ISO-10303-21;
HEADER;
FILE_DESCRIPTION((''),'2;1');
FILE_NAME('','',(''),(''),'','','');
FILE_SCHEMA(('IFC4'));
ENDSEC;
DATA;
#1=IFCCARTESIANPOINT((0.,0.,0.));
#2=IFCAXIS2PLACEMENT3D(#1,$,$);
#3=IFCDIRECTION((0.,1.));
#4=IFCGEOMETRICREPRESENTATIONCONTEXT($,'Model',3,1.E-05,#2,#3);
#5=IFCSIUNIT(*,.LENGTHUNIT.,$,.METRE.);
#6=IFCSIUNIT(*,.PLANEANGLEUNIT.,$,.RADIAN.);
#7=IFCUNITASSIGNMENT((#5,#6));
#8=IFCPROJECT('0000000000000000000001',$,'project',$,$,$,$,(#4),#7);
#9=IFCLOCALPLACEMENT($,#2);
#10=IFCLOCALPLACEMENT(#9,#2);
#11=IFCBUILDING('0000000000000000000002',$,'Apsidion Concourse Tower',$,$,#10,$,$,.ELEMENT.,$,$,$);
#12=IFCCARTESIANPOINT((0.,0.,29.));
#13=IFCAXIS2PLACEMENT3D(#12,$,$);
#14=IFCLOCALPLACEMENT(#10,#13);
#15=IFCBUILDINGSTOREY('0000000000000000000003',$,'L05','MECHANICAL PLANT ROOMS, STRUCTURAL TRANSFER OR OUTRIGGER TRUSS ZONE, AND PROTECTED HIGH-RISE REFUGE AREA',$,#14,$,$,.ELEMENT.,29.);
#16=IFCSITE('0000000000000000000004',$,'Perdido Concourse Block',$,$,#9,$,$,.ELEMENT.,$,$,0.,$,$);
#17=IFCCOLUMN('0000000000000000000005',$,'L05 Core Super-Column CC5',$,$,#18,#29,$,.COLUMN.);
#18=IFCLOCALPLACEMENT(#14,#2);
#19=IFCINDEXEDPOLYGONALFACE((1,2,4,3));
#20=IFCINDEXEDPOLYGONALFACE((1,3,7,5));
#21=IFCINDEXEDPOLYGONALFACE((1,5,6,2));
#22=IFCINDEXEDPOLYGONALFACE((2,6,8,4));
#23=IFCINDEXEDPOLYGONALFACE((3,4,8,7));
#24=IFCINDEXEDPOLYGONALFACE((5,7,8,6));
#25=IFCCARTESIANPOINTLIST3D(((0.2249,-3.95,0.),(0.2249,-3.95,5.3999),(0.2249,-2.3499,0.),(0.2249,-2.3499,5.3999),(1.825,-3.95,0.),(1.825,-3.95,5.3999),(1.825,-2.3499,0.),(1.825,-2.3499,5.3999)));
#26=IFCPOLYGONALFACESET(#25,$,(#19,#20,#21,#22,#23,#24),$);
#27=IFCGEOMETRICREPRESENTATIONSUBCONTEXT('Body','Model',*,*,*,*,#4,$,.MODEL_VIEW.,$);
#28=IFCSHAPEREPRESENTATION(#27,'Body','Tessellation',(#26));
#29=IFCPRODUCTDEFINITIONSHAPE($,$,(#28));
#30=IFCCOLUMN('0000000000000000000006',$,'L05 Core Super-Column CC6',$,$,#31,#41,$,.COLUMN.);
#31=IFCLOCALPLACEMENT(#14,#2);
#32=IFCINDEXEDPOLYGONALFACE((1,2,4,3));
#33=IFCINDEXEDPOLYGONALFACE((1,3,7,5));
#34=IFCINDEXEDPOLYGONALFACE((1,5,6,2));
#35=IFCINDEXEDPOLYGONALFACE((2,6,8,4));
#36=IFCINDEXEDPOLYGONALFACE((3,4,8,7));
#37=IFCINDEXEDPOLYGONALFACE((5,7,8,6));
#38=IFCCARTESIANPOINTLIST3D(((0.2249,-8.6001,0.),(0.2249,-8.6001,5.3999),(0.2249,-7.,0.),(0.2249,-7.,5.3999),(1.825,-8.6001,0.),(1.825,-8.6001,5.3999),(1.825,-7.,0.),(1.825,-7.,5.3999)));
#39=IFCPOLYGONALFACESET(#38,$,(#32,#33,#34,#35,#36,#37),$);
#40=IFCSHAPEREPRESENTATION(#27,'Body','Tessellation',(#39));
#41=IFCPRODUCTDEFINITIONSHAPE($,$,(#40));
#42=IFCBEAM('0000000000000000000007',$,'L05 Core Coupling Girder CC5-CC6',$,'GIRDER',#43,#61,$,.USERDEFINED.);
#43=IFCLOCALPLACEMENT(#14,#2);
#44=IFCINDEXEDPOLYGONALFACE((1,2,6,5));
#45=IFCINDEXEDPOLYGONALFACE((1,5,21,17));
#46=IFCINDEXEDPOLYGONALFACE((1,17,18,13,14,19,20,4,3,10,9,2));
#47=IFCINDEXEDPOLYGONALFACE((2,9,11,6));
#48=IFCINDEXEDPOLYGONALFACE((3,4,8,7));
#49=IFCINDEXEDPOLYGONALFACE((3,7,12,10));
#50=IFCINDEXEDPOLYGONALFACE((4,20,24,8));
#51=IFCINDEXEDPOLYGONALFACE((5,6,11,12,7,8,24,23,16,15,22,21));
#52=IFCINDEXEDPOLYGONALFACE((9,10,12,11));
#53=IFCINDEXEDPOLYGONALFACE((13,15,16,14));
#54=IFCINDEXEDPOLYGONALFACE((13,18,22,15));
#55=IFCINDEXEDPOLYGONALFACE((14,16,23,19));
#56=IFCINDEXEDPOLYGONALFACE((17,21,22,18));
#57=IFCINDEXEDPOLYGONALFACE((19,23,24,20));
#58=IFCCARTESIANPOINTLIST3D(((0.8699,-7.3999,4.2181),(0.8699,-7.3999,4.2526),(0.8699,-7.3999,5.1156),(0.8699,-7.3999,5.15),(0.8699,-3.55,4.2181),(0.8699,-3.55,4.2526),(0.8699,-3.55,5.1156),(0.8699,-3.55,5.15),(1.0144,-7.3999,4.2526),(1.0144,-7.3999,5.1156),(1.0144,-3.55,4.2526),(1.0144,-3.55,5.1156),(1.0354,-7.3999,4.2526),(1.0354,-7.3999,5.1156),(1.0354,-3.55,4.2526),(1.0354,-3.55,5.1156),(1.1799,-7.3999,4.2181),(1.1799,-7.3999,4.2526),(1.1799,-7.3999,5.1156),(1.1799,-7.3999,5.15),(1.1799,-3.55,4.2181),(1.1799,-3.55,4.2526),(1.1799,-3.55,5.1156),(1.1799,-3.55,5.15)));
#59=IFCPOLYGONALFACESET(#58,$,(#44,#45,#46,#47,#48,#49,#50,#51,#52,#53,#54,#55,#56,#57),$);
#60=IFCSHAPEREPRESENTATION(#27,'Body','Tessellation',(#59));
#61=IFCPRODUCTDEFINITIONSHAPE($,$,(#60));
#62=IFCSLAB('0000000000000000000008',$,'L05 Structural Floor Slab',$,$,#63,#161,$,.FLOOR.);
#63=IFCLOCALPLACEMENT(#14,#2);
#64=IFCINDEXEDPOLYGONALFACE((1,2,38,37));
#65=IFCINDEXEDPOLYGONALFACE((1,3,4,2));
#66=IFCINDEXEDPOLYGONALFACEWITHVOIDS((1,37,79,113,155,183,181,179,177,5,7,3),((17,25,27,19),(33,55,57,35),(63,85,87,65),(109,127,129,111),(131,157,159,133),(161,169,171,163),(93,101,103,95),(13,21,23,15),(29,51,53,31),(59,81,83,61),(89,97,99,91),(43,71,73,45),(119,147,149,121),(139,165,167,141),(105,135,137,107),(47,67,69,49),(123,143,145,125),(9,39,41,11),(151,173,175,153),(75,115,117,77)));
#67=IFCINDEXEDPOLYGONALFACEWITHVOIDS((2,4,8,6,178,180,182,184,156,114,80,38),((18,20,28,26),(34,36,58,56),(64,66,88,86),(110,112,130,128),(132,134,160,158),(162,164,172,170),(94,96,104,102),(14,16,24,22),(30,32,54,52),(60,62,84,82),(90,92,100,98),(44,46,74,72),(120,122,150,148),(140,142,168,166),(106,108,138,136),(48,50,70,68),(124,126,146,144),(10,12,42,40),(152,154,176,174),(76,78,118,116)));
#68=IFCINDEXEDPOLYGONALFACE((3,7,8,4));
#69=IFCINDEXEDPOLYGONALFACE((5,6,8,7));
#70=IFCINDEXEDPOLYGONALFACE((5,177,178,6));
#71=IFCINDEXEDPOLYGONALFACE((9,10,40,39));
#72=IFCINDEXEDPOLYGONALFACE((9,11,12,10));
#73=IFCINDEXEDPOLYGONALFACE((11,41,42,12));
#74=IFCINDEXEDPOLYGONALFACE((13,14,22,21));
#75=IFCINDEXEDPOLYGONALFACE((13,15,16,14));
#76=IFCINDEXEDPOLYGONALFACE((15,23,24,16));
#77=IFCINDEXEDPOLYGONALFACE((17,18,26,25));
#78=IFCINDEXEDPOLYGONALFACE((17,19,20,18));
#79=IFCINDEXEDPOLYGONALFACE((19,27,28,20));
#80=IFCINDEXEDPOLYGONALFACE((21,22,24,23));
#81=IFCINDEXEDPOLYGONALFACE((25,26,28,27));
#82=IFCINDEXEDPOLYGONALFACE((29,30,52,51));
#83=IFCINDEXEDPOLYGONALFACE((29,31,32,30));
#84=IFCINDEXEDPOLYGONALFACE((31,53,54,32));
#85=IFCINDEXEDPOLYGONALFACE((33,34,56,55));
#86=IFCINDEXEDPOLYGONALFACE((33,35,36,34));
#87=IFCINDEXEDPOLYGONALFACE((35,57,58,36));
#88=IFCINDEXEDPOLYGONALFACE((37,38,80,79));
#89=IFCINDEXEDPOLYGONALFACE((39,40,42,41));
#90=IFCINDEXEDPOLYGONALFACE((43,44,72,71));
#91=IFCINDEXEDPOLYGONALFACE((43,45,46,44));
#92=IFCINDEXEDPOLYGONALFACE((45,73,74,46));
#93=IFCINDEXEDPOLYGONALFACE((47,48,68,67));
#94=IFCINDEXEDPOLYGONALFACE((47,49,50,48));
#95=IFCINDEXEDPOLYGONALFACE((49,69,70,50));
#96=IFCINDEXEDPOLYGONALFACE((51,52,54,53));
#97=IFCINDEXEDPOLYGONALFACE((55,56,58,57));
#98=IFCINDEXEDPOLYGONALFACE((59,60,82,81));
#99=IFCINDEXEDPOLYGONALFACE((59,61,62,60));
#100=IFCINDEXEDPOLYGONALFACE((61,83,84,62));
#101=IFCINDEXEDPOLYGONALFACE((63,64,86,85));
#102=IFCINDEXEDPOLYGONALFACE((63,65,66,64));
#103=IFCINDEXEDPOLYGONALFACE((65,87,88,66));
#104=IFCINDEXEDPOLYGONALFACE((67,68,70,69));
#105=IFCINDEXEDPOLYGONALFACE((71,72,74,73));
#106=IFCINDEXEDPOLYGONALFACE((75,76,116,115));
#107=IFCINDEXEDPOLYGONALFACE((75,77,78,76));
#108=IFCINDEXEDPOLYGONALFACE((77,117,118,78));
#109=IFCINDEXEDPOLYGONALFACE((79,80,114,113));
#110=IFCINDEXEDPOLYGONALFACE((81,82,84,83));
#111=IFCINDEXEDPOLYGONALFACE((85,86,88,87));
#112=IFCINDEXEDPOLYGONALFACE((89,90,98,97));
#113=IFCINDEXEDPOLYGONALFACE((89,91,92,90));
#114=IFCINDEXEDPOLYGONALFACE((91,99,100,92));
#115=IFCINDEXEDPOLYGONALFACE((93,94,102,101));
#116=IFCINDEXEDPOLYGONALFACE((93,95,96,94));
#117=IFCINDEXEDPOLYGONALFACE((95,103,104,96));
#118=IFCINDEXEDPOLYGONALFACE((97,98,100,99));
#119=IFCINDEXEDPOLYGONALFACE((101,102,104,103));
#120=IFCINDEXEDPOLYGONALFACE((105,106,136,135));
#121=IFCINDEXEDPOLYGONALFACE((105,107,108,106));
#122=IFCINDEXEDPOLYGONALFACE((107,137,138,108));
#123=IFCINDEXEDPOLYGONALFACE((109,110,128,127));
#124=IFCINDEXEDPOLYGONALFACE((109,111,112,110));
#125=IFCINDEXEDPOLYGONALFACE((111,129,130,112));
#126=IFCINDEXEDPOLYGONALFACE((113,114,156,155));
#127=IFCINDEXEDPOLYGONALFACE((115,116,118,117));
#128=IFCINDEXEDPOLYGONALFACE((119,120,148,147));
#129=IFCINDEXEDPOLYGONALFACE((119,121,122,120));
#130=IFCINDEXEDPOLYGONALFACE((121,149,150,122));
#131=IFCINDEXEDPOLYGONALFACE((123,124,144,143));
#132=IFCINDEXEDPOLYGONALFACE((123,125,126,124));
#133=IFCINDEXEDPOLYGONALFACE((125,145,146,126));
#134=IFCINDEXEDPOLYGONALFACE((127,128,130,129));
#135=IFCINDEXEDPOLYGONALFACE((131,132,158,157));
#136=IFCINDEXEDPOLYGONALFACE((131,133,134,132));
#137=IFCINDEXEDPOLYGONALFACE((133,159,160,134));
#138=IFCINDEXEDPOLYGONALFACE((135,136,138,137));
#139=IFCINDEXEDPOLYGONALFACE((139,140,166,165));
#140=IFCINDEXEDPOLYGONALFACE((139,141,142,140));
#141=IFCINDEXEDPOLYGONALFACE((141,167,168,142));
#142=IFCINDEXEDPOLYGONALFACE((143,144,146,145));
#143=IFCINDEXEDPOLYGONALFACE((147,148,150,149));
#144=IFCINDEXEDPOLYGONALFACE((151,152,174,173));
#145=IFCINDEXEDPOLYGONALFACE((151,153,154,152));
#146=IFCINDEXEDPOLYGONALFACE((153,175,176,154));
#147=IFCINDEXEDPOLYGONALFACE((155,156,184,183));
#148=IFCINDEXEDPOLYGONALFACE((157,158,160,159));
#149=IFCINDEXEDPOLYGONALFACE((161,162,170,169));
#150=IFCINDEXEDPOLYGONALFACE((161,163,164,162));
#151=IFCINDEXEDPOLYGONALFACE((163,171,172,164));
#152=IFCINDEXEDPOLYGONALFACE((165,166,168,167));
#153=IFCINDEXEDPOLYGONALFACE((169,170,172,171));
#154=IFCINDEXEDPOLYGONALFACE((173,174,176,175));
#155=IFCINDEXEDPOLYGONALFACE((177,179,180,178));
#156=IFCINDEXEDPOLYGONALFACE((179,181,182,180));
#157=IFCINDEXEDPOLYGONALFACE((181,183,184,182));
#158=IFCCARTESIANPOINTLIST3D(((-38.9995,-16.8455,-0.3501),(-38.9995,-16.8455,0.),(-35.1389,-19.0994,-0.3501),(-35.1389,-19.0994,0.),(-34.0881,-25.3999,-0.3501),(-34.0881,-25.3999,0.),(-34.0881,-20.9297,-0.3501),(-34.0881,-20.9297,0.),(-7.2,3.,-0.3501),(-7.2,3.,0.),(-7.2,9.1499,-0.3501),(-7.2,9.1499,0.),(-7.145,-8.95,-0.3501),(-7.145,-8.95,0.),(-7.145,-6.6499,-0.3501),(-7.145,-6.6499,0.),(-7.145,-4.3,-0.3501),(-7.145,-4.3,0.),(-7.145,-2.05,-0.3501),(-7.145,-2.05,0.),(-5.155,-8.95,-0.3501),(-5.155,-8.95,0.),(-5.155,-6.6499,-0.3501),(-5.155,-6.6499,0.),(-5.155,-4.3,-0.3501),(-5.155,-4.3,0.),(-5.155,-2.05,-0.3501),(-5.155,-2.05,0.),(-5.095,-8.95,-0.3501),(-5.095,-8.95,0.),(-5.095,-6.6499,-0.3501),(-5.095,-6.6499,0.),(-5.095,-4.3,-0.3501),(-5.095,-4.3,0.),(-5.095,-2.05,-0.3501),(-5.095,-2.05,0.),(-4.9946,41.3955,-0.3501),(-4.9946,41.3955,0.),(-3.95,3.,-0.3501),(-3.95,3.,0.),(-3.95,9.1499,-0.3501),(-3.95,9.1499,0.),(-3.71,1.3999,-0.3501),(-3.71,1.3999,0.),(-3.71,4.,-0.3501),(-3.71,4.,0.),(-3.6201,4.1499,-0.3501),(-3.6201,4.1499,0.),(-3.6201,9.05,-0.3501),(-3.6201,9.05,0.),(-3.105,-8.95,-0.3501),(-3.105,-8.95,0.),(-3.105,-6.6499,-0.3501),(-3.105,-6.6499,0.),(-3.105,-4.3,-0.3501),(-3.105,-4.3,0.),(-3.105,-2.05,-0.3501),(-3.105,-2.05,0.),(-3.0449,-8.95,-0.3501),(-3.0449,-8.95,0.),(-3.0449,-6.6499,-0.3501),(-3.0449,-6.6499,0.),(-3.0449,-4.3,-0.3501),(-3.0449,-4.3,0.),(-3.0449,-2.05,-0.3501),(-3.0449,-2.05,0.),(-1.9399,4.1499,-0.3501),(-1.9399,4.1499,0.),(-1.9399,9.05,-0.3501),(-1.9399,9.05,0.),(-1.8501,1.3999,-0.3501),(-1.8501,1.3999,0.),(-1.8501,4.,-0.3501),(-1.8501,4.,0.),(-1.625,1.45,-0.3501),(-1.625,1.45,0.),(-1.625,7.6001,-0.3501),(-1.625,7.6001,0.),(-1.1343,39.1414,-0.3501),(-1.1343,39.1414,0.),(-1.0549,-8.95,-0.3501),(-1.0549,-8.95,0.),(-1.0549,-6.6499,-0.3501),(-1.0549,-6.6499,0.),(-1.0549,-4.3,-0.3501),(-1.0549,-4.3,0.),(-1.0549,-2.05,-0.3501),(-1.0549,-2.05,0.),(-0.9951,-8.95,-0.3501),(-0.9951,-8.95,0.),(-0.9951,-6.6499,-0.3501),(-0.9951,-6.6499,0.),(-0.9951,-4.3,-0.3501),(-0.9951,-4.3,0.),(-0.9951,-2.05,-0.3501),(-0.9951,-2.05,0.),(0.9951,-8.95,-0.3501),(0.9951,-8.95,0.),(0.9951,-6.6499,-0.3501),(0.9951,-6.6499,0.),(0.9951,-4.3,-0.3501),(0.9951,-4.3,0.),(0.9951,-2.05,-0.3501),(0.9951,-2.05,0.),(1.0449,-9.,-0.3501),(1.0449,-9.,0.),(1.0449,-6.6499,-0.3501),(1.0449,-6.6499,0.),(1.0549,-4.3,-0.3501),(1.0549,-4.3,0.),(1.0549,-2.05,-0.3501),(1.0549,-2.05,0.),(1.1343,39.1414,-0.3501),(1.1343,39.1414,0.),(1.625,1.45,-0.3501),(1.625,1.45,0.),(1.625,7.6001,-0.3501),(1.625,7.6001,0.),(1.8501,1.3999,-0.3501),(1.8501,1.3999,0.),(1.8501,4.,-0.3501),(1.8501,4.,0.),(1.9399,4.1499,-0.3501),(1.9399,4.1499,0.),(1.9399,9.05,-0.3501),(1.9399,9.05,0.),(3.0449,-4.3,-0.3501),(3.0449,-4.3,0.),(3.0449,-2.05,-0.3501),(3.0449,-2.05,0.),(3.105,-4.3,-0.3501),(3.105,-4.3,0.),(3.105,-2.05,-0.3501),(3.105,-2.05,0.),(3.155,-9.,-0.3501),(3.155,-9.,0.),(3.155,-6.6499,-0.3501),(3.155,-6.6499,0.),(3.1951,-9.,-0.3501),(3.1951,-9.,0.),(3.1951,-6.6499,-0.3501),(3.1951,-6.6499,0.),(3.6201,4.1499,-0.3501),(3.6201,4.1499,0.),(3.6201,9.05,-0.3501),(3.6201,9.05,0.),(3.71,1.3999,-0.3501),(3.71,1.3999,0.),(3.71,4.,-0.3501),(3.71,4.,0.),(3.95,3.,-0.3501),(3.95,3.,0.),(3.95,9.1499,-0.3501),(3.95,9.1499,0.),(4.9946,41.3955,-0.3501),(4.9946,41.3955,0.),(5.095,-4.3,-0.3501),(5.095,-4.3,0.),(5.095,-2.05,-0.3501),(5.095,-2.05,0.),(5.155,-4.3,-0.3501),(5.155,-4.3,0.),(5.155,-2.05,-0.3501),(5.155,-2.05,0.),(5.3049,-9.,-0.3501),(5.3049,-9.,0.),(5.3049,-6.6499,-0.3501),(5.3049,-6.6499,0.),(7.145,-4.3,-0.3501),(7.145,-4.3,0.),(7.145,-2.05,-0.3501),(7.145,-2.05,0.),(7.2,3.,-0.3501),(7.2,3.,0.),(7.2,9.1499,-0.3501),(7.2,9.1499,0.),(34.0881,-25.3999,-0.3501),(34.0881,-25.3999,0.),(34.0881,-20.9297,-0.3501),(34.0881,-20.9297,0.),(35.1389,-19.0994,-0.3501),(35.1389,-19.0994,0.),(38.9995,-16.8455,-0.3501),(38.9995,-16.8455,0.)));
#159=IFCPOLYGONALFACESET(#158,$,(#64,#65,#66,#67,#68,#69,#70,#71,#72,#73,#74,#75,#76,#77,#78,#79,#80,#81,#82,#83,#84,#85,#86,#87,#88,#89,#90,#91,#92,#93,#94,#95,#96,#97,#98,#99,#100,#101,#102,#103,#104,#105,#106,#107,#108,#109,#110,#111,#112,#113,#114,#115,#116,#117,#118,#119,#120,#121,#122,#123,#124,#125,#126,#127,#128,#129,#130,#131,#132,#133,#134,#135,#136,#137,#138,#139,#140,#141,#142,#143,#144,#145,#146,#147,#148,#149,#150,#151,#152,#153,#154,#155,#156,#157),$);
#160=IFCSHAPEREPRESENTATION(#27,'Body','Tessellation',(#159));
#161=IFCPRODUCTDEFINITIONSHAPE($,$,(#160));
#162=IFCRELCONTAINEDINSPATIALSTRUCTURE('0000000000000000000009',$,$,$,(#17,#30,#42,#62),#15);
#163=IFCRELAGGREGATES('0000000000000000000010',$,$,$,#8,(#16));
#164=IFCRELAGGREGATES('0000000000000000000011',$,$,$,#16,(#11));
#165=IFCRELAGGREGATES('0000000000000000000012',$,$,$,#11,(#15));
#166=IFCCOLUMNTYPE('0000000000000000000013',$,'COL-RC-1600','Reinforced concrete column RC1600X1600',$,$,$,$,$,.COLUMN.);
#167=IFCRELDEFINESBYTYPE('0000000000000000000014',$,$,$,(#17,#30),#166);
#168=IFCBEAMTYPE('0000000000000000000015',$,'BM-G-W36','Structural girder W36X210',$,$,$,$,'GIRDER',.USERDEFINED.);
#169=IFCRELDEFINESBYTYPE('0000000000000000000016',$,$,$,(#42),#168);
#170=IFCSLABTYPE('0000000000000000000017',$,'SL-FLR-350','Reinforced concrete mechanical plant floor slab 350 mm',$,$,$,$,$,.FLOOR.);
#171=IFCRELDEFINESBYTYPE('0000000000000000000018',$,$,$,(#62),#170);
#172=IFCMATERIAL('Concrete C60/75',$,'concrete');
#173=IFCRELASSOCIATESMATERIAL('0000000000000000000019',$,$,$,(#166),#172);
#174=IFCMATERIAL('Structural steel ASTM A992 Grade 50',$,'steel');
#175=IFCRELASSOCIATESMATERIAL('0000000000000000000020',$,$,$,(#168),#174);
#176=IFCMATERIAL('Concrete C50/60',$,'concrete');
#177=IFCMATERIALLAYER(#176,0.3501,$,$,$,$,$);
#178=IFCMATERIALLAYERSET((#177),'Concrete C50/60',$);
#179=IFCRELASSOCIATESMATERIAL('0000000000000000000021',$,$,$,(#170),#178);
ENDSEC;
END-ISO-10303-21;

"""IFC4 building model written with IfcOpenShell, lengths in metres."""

from ifc_helpers import new_model, si_unit, direction, frame, origin, origin_2d, place, context, subcontext, project, spatial, polyline, rectangle, i_section, outline, extrude, material, layer, layer_set, material_profile, profile_set, type_object, element, save


model = new_model("IFC4")

# Units and contexts
model_context = context("Model", 3, precision=1e-05, world=origin(), true_north=direction((0.0, 1.0)))
body_context = subcontext(model_context, "Body", "Model", "MODEL_VIEW")
ifc_project = project(units=[si_unit("LENGTHUNIT", "METRE"), si_unit("PLANEANGLEUNIT", "RADIAN")], contexts=[model_context])

# Site, building, storey
site_placement = place(None, origin())
site = spatial("IfcSite", under=ifc_project, at=site_placement, Name="Perdido Concourse Block", CompositionType="ELEMENT", RefElevation=0.0)
building_placement = place(site_placement, origin())
building = spatial("IfcBuilding", under=site, at=building_placement, Name="Apsidion Concourse Tower", CompositionType="ELEMENT")
storey_placement = place(building_placement, frame((0.0, 0.0, 29.0)))
storey = spatial("IfcBuildingStorey", under=building, at=storey_placement, Name="L05", Description="MECHANICAL PLANT ROOMS, STRUCTURAL TRANSFER OR OUTRIGGER TRUSS ZONE, AND PROTECTED HIGH-RISE REFUGE AREA", CompositionType="ELEMENT", Elevation=29.0)

# Columns
ifc_material_1 = material(Name="Concrete C60/75", Category="concrete")
ifc_material_profile_1 = material_profile(ifc_material_1, rectangle(XDim=1.6001, YDim=1.6001, at=origin_2d()), Name="RC 1600x1600")
ifc_profile_set_1 = profile_set([ifc_material_profile_1], Name="Concrete C60/75")
column_type = type_object("IfcColumnType", Name="COL-RC-1600", Description="Reinforced concrete column RC1600X1600", PredefinedType="COLUMN", material=ifc_profile_set_1)
for number, where, z_axis, x_axis, name in (
    (1, (1.0249, -3.1499, 0.0), (0.0, 0.0, 1.0), (1.0, 0.0, 0.0), "L05 Core Super-Column CC5"),
    (2, (1.0249, -7.8, 0.0), (0.0, 0.0, 1.0), (1.0, 0.0, 0.0), "L05 Core Super-Column CC6"),
):
    element("IfcColumn", number, at=place(storey_placement, frame(where, z_axis=z_axis, x_axis=x_axis)), inside=storey, type_object=column_type, Name=name, PredefinedType="COLUMN", context=body_context, shape_type="SweptSolid", body=[
        extrude(rectangle(XDim=1.6001, YDim=1.6001, at=origin_2d()), origin(), (0.0, 0.0, 1.0), 5.3999),
    ])

# Beam
ifc_material_2 = material(Name="Structural steel ASTM A992 Grade 50", Category="steel")
ifc_material_profile_2 = material_profile(ifc_material_2, i_section(OverallWidth=0.3101, OverallDepth=0.9319, WebThickness=0.021, FlangeThickness=0.0344, at=origin_2d()), Name="W36X210")
ifc_profile_set_2 = profile_set([ifc_material_profile_2], Name="Structural steel ASTM A992 Grade 50")
beam_type = type_object("IfcBeamType", Name="BM-G-W36", Description="Structural girder W36X210", ElementType="GIRDER", PredefinedType="USERDEFINED", material=ifc_profile_set_2)
beam_placement = place(storey_placement, frame((1.0249, -3.55, 4.6841), z_axis=(0.0, -1.0, 0.0), x_axis=(1.0, 0.0, 0.0)))
element("IfcBeam", 3, at=beam_placement, inside=storey, type_object=beam_type, Name="L05 Core Coupling Girder CC5-CC6", ObjectType="GIRDER", PredefinedType="USERDEFINED", context=body_context, shape_type="SweptSolid", body=[
    extrude(i_section(OverallWidth=0.3101, OverallDepth=0.9319, WebThickness=0.021, FlangeThickness=0.0344, at=origin_2d()), origin(), (0.0, 0.0, 1.0), 3.8499),
])

# Slab
ifc_material_3 = material(Name="Concrete C50/60", Category="concrete")
ifc_layer_1 = layer(ifc_material_3, 0.3501)
ifc_layer_set_1 = layer_set([ifc_layer_1], Name="Concrete C50/60")
slab_type_1 = type_object("IfcSlabType", Name="SL-FLR-350", Description="Reinforced concrete mechanical plant floor slab 350 mm", PredefinedType="FLOOR", material=ifc_layer_set_1)
slab_1_placement = place(storey_placement, frame((0.0, 0.0, -0.3501)))
element("IfcSlab", 4, at=slab_1_placement, inside=storey, type_object=slab_type_1, Name="L05 Structural Floor Slab", PredefinedType="FLOOR", context=body_context, shape_type="SweptSolid", body=[
    extrude(outline(polyline([(4.9946, 41.3955), (1.1343, 39.1414), (-1.1343, 39.1414), (-4.9946, 41.3955), (-38.9995, -16.8455), (-35.1389, -19.0994), (-34.0881, -20.9297), (-34.0881, -25.3999), (34.0881, -25.3999), (34.0881, -20.9297), (35.1389, -19.0994), (38.9995, -16.8455), (4.9946, 41.3955)]), holes=[polyline([(-3.95, 3.0), (-3.95, 9.1499), (-7.2, 9.1499), (-7.2, 3.0), (-3.95, 3.0)]), polyline([(7.2, 3.0), (7.2, 9.1499), (3.95, 9.1499), (3.95, 3.0), (7.2, 3.0)]), polyline([(-1.625, 7.6001), (-1.625, 1.45), (1.625, 1.45), (1.625, 7.6001), (-1.625, 7.6001)]), polyline([(-7.145, -4.3), (-5.155, -4.3), (-5.155, -2.05), (-7.145, -2.05), (-7.145, -4.3)]), polyline([(-5.095, -4.3), (-3.105, -4.3), (-3.105, -2.05), (-5.095, -2.05), (-5.095, -4.3)]), polyline([(-3.0449, -4.3), (-1.0549, -4.3), (-1.0549, -2.05), (-3.0449, -2.05), (-3.0449, -4.3)]), polyline([(-0.9951, -4.3), (0.9951, -4.3), (0.9951, -2.05), (-0.9951, -2.05), (-0.9951, -4.3)]), polyline([(1.0549, -4.3), (3.0449, -4.3), (3.0449, -2.05), (1.0549, -2.05), (1.0549, -4.3)]), polyline([(3.105, -4.3), (5.095, -4.3), (5.095, -2.05), (3.105, -2.05), (3.105, -4.3)]), polyline([(5.155, -4.3), (7.145, -4.3), (7.145, -2.05), (5.155, -2.05), (5.155, -4.3)]), polyline([(-7.145, -8.95), (-5.155, -8.95), (-5.155, -6.6499), (-7.145, -6.6499), (-7.145, -8.95)]), polyline([(-5.095, -8.95), (-3.105, -8.95), (-3.105, -6.6499), (-5.095, -6.6499), (-5.095, -8.95)]), polyline([(-3.0449, -8.95), (-1.0549, -8.95), (-1.0549, -6.6499), (-3.0449, -6.6499), (-3.0449, -8.95)]), polyline([(-0.9951, -8.95), (0.9951, -8.95), (0.9951, -6.6499), (-0.9951, -6.6499), (-0.9951, -8.95)]), polyline([(1.0449, -9.0), (3.155, -9.0), (3.155, -6.6499), (1.0449, -6.6499), (1.0449, -9.0)]), polyline([(3.1951, -9.0), (5.3049, -9.0), (5.3049, -6.6499), (3.1951, -6.6499), (3.1951, -9.0)]), polyline([(-3.71, 1.3999), (-1.8501, 1.3999), (-1.8501, 4.0), (-3.71, 4.0), (-3.71, 1.3999)]), polyline([(1.8501, 1.3999), (3.71, 1.3999), (3.71, 4.0), (1.8501, 4.0), (1.8501, 1.3999)]), polyline([(-3.6201, 4.1499), (-1.9399, 4.1499), (-1.9399, 9.05), (-3.6201, 9.05), (-3.6201, 4.1499)]), polyline([(1.9399, 4.1499), (3.6201, 4.1499), (3.6201, 9.05), (1.9399, 9.05), (1.9399, 4.1499)])]), origin(), (0.0, 0.0, 1.0), 0.3501),
])

save(model, "model.ifc")
